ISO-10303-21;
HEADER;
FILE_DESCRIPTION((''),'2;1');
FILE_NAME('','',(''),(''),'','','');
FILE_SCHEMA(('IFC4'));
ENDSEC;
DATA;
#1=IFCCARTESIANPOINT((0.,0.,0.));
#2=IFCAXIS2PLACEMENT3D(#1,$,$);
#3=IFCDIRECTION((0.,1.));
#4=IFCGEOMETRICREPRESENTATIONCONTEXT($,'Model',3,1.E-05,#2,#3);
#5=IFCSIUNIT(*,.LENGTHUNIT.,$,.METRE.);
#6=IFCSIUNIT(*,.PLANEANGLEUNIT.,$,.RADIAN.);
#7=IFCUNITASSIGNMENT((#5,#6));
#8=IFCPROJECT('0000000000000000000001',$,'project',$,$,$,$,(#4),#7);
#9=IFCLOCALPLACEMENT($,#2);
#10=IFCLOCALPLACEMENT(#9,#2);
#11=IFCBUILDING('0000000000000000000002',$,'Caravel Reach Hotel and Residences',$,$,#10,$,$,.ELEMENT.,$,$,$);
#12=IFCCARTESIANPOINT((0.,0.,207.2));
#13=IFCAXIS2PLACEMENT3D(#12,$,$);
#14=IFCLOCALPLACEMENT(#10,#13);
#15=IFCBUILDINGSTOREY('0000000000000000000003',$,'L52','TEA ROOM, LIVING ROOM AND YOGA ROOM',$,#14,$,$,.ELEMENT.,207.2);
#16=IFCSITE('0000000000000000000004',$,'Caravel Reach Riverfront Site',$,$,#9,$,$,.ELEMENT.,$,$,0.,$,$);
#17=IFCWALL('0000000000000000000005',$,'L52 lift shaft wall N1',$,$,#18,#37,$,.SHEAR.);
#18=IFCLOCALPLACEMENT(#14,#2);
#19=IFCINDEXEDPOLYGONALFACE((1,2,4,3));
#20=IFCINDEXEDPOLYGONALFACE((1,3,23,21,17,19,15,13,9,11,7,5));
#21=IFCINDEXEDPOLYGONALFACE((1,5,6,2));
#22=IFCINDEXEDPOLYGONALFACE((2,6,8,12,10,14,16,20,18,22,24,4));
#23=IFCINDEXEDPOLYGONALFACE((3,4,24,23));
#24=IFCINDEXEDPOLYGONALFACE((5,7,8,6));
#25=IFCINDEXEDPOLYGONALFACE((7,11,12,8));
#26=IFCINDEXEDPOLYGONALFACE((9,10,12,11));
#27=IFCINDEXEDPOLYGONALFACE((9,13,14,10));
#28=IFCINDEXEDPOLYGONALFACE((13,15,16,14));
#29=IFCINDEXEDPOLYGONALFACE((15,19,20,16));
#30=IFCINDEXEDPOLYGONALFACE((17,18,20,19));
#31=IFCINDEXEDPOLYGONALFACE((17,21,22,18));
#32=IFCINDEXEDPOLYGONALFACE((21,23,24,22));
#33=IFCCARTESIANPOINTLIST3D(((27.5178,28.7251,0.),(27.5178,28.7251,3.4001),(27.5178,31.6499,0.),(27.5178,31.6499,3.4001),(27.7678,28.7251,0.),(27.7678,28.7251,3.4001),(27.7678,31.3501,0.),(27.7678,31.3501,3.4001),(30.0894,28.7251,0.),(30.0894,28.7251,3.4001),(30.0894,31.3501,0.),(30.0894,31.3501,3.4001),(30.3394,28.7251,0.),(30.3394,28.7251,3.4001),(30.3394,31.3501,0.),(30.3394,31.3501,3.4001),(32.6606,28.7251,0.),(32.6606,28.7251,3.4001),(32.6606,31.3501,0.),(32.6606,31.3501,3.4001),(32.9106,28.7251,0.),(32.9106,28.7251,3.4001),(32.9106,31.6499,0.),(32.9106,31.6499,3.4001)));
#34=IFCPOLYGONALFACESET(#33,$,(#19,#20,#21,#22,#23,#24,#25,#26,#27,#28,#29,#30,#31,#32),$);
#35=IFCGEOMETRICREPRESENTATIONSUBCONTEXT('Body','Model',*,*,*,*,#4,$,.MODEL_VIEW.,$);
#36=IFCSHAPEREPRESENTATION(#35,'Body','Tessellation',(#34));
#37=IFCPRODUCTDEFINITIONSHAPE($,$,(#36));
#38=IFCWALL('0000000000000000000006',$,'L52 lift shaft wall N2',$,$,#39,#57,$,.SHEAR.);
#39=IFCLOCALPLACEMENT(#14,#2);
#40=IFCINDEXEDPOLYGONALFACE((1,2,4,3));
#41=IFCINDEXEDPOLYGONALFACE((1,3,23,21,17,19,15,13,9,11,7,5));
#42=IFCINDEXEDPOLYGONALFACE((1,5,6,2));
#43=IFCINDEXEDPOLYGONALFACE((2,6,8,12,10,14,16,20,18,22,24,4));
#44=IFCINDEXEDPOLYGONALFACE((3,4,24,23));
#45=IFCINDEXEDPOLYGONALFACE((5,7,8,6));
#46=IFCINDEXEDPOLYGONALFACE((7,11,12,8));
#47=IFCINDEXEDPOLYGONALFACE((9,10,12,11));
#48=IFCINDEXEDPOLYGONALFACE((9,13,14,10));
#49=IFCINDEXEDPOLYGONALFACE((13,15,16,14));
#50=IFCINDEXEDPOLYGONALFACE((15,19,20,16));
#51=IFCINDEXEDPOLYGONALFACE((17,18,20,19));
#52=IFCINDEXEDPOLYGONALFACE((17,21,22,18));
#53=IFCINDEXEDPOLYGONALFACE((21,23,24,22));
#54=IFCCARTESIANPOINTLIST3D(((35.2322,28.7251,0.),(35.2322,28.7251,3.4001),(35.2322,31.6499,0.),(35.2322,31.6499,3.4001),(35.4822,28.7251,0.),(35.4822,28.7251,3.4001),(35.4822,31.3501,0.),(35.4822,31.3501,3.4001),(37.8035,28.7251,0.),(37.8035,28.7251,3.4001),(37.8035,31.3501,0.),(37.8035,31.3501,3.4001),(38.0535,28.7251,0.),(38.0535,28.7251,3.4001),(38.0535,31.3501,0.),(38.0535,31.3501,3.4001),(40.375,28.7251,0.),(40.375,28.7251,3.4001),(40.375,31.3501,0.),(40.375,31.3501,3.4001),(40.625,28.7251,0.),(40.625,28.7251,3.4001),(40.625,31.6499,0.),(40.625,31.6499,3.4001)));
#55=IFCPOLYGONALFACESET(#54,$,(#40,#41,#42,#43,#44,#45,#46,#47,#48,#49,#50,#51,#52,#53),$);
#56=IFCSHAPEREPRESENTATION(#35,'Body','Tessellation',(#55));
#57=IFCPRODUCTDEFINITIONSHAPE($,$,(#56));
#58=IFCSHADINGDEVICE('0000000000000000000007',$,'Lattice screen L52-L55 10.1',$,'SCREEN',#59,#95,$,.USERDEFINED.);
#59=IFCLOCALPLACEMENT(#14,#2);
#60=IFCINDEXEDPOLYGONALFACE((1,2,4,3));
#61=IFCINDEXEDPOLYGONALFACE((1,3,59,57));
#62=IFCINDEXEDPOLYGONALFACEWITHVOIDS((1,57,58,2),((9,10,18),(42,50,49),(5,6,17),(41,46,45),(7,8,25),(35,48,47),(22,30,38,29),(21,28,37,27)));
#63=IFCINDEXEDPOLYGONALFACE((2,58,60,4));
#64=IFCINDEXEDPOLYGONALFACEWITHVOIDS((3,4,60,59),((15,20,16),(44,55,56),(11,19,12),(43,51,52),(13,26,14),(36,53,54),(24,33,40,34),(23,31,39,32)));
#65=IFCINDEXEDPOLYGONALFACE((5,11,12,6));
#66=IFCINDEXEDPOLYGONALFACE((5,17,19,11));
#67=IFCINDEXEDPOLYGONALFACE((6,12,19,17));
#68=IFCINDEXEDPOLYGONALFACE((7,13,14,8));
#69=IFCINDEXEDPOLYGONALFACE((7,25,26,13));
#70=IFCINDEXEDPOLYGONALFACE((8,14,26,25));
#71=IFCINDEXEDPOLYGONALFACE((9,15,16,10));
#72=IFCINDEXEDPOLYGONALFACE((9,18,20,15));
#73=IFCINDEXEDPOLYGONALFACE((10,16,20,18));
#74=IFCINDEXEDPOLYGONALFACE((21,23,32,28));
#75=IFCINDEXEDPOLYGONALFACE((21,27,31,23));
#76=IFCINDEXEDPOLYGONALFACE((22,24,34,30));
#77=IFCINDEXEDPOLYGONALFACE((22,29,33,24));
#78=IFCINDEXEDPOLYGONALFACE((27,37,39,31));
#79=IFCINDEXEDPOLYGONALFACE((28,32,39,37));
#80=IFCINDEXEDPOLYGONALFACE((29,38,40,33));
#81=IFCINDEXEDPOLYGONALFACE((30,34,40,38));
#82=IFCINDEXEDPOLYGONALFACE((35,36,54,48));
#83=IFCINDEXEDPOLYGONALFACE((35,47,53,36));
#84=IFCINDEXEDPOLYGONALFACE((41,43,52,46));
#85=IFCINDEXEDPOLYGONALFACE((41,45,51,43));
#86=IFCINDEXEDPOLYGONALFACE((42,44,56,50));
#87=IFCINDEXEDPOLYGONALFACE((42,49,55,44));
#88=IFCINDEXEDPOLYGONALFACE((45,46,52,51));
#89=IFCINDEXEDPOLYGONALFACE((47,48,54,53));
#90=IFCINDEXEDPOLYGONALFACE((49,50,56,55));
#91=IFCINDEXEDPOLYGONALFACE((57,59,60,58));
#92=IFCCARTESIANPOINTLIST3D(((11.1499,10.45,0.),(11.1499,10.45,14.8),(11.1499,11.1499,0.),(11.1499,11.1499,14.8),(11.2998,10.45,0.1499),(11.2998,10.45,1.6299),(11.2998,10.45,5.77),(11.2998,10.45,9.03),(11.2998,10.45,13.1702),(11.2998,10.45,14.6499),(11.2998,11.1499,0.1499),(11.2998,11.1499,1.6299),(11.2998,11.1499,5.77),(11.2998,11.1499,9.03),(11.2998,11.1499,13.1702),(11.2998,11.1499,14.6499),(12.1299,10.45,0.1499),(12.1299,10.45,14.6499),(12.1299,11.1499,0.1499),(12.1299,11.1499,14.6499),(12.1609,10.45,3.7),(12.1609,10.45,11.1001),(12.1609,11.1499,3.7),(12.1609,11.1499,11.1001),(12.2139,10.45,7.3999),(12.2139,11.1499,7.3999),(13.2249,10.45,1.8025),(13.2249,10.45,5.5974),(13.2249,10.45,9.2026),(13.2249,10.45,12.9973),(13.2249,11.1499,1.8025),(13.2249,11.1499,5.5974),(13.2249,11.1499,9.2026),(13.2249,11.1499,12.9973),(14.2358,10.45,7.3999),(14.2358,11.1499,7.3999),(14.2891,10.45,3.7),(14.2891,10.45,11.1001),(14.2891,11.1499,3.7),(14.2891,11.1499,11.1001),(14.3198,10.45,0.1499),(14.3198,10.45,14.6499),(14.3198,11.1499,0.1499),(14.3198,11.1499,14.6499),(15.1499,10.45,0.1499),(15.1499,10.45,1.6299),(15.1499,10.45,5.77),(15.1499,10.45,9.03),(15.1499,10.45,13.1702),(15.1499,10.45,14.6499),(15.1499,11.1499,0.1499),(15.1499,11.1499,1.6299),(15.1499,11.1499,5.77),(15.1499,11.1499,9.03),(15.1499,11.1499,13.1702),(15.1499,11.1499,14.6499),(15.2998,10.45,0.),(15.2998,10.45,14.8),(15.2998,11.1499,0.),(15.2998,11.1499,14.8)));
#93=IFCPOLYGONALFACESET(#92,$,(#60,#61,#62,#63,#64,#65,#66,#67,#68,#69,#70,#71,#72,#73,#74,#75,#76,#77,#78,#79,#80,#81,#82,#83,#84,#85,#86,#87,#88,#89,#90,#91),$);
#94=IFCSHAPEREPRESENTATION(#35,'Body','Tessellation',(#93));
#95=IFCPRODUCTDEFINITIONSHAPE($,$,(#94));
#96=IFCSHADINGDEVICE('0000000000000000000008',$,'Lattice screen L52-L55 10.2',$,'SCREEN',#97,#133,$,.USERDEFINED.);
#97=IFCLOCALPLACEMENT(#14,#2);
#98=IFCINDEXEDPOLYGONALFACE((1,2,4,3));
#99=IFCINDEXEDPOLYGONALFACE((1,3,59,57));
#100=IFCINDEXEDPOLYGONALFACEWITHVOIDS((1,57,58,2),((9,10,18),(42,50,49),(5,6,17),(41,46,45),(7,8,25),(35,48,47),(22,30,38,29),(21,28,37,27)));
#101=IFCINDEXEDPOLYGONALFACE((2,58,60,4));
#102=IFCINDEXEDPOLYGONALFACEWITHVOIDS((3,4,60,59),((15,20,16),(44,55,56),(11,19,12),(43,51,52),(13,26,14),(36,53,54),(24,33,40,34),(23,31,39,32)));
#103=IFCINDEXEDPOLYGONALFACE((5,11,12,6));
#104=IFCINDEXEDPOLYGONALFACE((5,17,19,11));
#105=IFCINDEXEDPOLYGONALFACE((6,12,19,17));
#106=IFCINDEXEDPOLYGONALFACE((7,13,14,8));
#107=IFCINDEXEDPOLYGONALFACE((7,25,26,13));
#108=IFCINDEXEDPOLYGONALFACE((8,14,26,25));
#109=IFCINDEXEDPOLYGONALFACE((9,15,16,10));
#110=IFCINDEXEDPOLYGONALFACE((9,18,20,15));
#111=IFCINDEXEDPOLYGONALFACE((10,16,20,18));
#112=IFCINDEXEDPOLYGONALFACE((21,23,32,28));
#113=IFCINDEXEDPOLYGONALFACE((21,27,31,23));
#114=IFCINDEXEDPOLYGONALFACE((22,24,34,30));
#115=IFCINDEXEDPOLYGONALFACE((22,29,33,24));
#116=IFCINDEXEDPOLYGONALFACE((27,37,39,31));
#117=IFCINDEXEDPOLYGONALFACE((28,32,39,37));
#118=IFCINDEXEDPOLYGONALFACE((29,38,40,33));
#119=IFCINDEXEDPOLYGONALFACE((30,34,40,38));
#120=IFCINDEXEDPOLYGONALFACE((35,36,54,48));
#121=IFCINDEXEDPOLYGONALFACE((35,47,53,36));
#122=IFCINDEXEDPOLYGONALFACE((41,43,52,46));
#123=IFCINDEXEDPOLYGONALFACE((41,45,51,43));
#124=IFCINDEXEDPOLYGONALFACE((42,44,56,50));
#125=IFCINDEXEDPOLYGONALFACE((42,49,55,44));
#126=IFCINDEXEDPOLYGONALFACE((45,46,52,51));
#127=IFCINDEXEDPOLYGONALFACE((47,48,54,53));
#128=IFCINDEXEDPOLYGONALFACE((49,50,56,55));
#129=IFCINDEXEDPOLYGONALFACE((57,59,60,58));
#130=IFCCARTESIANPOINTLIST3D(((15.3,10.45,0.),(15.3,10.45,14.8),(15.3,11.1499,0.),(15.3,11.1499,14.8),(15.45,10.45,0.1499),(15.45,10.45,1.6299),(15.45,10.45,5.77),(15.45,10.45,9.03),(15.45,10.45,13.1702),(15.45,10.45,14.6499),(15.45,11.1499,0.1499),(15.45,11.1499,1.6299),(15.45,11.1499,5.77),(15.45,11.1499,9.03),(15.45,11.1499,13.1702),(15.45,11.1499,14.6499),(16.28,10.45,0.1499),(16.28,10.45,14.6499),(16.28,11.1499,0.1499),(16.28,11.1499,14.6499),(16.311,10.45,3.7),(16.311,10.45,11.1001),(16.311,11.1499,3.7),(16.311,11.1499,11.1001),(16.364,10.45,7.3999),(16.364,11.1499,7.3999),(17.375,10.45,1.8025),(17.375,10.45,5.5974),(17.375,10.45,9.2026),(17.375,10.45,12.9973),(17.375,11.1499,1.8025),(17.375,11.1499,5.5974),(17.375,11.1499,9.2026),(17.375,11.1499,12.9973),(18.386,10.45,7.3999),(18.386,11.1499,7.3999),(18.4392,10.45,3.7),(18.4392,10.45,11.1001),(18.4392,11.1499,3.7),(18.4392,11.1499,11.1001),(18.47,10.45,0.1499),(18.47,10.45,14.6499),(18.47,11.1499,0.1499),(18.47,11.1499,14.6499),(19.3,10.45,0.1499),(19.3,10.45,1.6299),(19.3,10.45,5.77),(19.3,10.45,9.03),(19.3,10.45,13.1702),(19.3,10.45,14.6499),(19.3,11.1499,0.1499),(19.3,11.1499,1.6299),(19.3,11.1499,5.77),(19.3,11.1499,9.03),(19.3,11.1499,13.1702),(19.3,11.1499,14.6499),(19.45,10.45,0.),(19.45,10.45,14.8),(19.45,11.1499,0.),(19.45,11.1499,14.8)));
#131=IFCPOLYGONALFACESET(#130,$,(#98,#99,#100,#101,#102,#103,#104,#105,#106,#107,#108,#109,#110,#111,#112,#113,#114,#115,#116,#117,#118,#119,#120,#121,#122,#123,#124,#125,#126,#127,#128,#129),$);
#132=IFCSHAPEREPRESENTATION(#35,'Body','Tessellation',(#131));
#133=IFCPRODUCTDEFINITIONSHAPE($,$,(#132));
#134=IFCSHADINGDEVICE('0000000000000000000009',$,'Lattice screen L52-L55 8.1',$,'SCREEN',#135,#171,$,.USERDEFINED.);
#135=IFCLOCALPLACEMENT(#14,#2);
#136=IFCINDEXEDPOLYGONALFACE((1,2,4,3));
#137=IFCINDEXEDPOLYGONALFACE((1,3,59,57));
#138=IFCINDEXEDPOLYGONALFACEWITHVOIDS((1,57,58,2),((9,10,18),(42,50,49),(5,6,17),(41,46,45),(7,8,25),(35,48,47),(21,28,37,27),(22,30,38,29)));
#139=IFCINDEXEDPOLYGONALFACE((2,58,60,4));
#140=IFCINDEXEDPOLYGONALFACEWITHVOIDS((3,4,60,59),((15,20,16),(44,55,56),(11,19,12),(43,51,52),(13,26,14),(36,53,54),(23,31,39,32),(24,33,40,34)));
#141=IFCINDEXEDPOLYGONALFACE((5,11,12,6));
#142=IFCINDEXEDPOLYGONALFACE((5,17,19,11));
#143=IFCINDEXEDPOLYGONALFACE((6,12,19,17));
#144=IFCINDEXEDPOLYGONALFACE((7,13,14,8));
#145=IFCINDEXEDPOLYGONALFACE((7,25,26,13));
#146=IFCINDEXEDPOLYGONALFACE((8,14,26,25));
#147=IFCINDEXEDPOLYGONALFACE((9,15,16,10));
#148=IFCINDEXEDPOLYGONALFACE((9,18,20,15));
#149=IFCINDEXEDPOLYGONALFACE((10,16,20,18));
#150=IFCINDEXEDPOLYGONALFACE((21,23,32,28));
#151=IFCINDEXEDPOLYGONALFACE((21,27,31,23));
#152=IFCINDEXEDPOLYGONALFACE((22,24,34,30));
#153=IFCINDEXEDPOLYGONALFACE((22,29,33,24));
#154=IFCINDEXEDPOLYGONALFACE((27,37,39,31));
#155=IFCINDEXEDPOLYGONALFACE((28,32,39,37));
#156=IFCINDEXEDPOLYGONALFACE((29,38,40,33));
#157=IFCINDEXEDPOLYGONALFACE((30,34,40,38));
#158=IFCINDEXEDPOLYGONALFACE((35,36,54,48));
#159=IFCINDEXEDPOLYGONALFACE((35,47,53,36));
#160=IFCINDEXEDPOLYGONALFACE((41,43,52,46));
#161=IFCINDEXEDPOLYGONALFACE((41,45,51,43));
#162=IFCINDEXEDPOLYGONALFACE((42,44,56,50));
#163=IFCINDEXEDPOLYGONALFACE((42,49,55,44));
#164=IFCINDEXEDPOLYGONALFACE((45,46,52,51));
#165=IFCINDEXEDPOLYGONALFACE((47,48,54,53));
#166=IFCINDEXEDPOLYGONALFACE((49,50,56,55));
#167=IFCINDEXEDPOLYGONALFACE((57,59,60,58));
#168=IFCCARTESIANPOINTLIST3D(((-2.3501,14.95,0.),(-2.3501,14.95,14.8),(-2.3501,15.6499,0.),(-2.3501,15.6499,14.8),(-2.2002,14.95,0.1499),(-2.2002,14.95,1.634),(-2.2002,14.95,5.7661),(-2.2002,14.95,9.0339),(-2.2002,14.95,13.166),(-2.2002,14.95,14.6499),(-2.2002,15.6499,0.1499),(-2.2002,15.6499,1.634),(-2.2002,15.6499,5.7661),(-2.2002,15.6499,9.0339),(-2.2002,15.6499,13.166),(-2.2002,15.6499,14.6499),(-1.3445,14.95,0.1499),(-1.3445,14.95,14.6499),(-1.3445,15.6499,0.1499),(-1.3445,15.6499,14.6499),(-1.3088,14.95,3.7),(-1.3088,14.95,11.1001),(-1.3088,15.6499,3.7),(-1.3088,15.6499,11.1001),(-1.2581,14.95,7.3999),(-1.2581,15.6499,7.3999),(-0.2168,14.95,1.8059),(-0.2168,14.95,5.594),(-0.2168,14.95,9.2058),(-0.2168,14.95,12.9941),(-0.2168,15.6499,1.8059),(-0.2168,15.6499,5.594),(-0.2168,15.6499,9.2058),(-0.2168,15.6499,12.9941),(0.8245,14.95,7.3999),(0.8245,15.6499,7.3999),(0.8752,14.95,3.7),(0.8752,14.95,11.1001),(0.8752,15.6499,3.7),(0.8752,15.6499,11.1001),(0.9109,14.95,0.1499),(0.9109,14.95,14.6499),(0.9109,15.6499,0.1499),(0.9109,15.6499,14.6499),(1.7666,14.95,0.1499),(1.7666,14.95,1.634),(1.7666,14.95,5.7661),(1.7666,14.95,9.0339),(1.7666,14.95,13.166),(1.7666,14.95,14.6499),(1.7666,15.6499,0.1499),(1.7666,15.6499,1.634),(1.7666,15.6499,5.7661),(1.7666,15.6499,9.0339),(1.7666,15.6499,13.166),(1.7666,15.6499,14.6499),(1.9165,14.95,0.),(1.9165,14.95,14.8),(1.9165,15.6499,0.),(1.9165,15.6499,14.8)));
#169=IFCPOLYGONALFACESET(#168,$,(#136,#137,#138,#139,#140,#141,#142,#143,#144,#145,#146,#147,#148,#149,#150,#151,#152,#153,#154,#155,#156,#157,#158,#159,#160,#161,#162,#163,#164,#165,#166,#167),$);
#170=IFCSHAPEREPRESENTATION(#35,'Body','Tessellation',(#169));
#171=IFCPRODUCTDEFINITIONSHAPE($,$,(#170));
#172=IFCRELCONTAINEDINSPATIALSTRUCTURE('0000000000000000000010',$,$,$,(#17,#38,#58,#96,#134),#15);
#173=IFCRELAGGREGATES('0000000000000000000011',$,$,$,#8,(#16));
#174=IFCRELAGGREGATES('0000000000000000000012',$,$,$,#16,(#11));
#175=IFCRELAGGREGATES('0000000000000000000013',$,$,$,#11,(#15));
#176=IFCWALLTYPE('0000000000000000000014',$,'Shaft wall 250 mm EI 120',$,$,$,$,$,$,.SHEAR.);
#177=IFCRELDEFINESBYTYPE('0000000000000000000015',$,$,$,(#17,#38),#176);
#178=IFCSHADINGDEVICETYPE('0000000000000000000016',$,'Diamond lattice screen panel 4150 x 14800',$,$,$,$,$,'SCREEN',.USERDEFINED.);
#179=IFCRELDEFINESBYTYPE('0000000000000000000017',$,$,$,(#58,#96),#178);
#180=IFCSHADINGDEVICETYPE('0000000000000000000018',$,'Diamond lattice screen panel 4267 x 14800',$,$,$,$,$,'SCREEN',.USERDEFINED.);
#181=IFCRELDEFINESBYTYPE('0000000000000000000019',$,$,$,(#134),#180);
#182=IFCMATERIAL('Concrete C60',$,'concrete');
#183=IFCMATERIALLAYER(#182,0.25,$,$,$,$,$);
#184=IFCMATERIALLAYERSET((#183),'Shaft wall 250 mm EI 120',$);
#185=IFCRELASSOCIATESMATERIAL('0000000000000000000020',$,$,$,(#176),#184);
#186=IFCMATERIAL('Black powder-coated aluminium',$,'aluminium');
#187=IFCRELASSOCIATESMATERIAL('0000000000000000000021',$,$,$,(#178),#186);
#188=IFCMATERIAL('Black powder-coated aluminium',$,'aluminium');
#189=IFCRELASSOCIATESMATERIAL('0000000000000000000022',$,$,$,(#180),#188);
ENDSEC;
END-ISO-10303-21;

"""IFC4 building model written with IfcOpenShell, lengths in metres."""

from ifc_helpers import new_model, si_unit, direction, frame, origin, place, context, subcontext, project, spatial, polyline, outline, extrude, material, layer, layer_set, type_object, element, save


model = new_model("IFC4")

# Units and contexts
model_context = context("Model", 3, precision=1e-05, world=origin(), true_north=direction((0.0, 1.0)))
body_context = subcontext(model_context, "Body", "Model", "MODEL_VIEW")
ifc_project = project(units=[si_unit("LENGTHUNIT", "METRE"), si_unit("PLANEANGLEUNIT", "RADIAN")], contexts=[model_context])

# Site, building, storey
site_placement = place(None, origin())
site = spatial("IfcSite", under=ifc_project, at=site_placement, Name="Caravel Reach Riverfront Site", CompositionType="ELEMENT", RefElevation=0.0)
building_placement = place(site_placement, origin())
building = spatial("IfcBuilding", under=site, at=building_placement, Name="Caravel Reach Hotel and Residences", CompositionType="ELEMENT")
storey_placement = place(building_placement, frame((0.0, 0.0, 207.2)))
storey = spatial("IfcBuildingStorey", under=building, at=storey_placement, Name="L52", Description="TEA ROOM, LIVING ROOM AND YOGA ROOM", CompositionType="ELEMENT", Elevation=207.2)

# Walls
ifc_material_1 = material(Name="Concrete C60", Category="concrete")
ifc_layer_1 = layer(ifc_material_1, 0.25)
ifc_layer_set_1 = layer_set([ifc_layer_1], Name="Shaft wall 250 mm EI 120")
wall_type_1 = type_object("IfcWallType", Name="Shaft wall 250 mm EI 120", PredefinedType="SHEAR", material=ifc_layer_set_1)
wall_1_placement = place(storey_placement, origin())
element("IfcWall", 1, at=wall_1_placement, inside=storey, type_object=wall_type_1, Name="L52 lift shaft wall N1", PredefinedType="SHEAR", context=body_context, shape_type="SweptSolid", body=[
    extrude(outline(polyline([(27.5178, 28.7251), (27.7678, 28.7251), (27.7678, 31.3501), (30.0894, 31.3501), (30.0894, 28.7251), (30.3394, 28.7251), (30.3394, 31.3501), (32.6606, 31.3501), (32.6606, 28.7251), (32.9106, 28.7251), (32.9106, 31.6499), (27.5178, 31.6499), (27.5178, 28.7251)])), origin(), (0.0, 0.0, 1.0), 3.4001),
])
wall_2_placement = place(storey_placement, origin())
element("IfcWall", 2, at=wall_2_placement, inside=storey, type_object=wall_type_1, Name="L52 lift shaft wall N2", PredefinedType="SHEAR", context=body_context, shape_type="SweptSolid", body=[
    extrude(outline(polyline([(35.2322, 28.7251), (35.4822, 28.7251), (35.4822, 31.3501), (37.8035, 31.3501), (37.8035, 28.7251), (38.0535, 28.7251), (38.0535, 31.3501), (40.375, 31.3501), (40.375, 28.7251), (40.625, 28.7251), (40.625, 31.6499), (35.2322, 31.6499), (35.2322, 28.7251)])), origin(), (0.0, 0.0, 1.0), 3.4001),
])

# Shading devices
ifc_material_2 = material(Name="Black powder-coated aluminium", Category="aluminium")
shading_device_type_1 = type_object("IfcShadingDeviceType", Name="Diamond lattice screen panel 4150 x 14800", ElementType="SCREEN", PredefinedType="USERDEFINED", material=ifc_material_2)
for number, where, z_axis, x_axis, name in (
    (3, (11.1499, 11.1499, 0.0), (0.0, -1.0, 0.0), (1.0, 0.0, 0.0), "Lattice screen L52-L55 10.1"),
    (4, (15.3, 11.1499, 0.0), (0.0, -1.0, 0.0), (1.0, 0.0, 0.0), "Lattice screen L52-L55 10.2"),
):
    element("IfcShadingDevice", number, at=place(storey_placement, frame(where, z_axis=z_axis, x_axis=x_axis)), inside=storey, type_object=shading_device_type_1, Name=name, ObjectType="SCREEN", PredefinedType="USERDEFINED", context=body_context, shape_type="SweptSolid", body=[
        extrude(outline(polyline([(0.0, 0.0), (4.1499, 0.0), (4.1499, 14.8), (0.0, 14.8), (0.0, 0.0)]), holes=[polyline([(0.98, 0.1499), (0.1499, 1.6299), (0.1499, 0.1499), (0.98, 0.1499)]), polyline([(1.064, 7.3999), (0.1499, 9.03), (0.1499, 5.77), (1.064, 7.3999)]), polyline([(0.1499, 13.1702), (0.98, 14.6499), (0.1499, 14.6499), (0.1499, 13.1702)]), polyline([(2.075, 5.5974), (1.011, 3.7), (2.075, 1.8025), (3.1392, 3.7), (2.075, 5.5974)]), polyline([(2.075, 12.9973), (1.011, 11.1001), (2.075, 9.2026), (3.1392, 11.1001), (2.075, 12.9973)]), polyline([(4.0, 1.6299), (3.1699, 0.1499), (4.0, 0.1499), (4.0, 1.6299)]), polyline([(3.0859, 7.3999), (4.0, 5.77), (4.0, 9.03), (3.0859, 7.3999)]), polyline([(3.1699, 14.6499), (4.0, 13.1702), (4.0, 14.6499), (3.1699, 14.6499)])]), origin(), (0.0, 0.0, 1.0), 0.7),
    ])
ifc_material_3 = material(Name="Black powder-coated aluminium", Category="aluminium")
shading_device_type_2 = type_object("IfcShadingDeviceType", Name="Diamond lattice screen panel 4267 x 14800", ElementType="SCREEN", PredefinedType="USERDEFINED", material=ifc_material_3)
shading_device_1_placement = place(storey_placement, frame((-2.3501, 15.6499, 0.0), z_axis=(0.0, -1.0, 0.0), x_axis=(1.0, 0.0, 0.0)))
element("IfcShadingDevice", 5, at=shading_device_1_placement, inside=storey, type_object=shading_device_type_2, Name="Lattice screen L52-L55 8.1", ObjectType="SCREEN", PredefinedType="USERDEFINED", context=body_context, shape_type="SweptSolid", body=[
    extrude(outline(polyline([(0.0, 0.0), (4.2666, 0.0), (4.2666, 14.8), (0.0, 14.8), (0.0, 0.0)]), holes=[polyline([(1.0056, 0.1499), (0.1499, 1.634), (0.1499, 0.1499), (1.0056, 0.1499)]), polyline([(1.092, 7.3999), (0.1499, 9.0339), (0.1499, 5.7661), (1.092, 7.3999)]), polyline([(0.1499, 13.166), (1.0056, 14.6499), (0.1499, 14.6499), (0.1499, 13.166)]), polyline([(2.1333, 5.594), (1.0413, 3.7), (2.1333, 1.8059), (3.2253, 3.7), (2.1333, 5.594)]), polyline([(2.1333, 12.9941), (1.0413, 11.1001), (2.1333, 9.2058), (3.2253, 11.1001), (2.1333, 12.9941)]), polyline([(4.1167, 1.634), (3.261, 0.1499), (4.1167, 0.1499), (4.1167, 1.634)]), polyline([(3.1746, 7.3999), (4.1167, 5.7661), (4.1167, 9.0339), (3.1746, 7.3999)]), polyline([(3.261, 14.6499), (4.1167, 13.166), (4.1167, 14.6499), (3.261, 14.6499)])]), origin(), (0.0, 0.0, 1.0), 0.7),
])

save(model, "model.ifc")
